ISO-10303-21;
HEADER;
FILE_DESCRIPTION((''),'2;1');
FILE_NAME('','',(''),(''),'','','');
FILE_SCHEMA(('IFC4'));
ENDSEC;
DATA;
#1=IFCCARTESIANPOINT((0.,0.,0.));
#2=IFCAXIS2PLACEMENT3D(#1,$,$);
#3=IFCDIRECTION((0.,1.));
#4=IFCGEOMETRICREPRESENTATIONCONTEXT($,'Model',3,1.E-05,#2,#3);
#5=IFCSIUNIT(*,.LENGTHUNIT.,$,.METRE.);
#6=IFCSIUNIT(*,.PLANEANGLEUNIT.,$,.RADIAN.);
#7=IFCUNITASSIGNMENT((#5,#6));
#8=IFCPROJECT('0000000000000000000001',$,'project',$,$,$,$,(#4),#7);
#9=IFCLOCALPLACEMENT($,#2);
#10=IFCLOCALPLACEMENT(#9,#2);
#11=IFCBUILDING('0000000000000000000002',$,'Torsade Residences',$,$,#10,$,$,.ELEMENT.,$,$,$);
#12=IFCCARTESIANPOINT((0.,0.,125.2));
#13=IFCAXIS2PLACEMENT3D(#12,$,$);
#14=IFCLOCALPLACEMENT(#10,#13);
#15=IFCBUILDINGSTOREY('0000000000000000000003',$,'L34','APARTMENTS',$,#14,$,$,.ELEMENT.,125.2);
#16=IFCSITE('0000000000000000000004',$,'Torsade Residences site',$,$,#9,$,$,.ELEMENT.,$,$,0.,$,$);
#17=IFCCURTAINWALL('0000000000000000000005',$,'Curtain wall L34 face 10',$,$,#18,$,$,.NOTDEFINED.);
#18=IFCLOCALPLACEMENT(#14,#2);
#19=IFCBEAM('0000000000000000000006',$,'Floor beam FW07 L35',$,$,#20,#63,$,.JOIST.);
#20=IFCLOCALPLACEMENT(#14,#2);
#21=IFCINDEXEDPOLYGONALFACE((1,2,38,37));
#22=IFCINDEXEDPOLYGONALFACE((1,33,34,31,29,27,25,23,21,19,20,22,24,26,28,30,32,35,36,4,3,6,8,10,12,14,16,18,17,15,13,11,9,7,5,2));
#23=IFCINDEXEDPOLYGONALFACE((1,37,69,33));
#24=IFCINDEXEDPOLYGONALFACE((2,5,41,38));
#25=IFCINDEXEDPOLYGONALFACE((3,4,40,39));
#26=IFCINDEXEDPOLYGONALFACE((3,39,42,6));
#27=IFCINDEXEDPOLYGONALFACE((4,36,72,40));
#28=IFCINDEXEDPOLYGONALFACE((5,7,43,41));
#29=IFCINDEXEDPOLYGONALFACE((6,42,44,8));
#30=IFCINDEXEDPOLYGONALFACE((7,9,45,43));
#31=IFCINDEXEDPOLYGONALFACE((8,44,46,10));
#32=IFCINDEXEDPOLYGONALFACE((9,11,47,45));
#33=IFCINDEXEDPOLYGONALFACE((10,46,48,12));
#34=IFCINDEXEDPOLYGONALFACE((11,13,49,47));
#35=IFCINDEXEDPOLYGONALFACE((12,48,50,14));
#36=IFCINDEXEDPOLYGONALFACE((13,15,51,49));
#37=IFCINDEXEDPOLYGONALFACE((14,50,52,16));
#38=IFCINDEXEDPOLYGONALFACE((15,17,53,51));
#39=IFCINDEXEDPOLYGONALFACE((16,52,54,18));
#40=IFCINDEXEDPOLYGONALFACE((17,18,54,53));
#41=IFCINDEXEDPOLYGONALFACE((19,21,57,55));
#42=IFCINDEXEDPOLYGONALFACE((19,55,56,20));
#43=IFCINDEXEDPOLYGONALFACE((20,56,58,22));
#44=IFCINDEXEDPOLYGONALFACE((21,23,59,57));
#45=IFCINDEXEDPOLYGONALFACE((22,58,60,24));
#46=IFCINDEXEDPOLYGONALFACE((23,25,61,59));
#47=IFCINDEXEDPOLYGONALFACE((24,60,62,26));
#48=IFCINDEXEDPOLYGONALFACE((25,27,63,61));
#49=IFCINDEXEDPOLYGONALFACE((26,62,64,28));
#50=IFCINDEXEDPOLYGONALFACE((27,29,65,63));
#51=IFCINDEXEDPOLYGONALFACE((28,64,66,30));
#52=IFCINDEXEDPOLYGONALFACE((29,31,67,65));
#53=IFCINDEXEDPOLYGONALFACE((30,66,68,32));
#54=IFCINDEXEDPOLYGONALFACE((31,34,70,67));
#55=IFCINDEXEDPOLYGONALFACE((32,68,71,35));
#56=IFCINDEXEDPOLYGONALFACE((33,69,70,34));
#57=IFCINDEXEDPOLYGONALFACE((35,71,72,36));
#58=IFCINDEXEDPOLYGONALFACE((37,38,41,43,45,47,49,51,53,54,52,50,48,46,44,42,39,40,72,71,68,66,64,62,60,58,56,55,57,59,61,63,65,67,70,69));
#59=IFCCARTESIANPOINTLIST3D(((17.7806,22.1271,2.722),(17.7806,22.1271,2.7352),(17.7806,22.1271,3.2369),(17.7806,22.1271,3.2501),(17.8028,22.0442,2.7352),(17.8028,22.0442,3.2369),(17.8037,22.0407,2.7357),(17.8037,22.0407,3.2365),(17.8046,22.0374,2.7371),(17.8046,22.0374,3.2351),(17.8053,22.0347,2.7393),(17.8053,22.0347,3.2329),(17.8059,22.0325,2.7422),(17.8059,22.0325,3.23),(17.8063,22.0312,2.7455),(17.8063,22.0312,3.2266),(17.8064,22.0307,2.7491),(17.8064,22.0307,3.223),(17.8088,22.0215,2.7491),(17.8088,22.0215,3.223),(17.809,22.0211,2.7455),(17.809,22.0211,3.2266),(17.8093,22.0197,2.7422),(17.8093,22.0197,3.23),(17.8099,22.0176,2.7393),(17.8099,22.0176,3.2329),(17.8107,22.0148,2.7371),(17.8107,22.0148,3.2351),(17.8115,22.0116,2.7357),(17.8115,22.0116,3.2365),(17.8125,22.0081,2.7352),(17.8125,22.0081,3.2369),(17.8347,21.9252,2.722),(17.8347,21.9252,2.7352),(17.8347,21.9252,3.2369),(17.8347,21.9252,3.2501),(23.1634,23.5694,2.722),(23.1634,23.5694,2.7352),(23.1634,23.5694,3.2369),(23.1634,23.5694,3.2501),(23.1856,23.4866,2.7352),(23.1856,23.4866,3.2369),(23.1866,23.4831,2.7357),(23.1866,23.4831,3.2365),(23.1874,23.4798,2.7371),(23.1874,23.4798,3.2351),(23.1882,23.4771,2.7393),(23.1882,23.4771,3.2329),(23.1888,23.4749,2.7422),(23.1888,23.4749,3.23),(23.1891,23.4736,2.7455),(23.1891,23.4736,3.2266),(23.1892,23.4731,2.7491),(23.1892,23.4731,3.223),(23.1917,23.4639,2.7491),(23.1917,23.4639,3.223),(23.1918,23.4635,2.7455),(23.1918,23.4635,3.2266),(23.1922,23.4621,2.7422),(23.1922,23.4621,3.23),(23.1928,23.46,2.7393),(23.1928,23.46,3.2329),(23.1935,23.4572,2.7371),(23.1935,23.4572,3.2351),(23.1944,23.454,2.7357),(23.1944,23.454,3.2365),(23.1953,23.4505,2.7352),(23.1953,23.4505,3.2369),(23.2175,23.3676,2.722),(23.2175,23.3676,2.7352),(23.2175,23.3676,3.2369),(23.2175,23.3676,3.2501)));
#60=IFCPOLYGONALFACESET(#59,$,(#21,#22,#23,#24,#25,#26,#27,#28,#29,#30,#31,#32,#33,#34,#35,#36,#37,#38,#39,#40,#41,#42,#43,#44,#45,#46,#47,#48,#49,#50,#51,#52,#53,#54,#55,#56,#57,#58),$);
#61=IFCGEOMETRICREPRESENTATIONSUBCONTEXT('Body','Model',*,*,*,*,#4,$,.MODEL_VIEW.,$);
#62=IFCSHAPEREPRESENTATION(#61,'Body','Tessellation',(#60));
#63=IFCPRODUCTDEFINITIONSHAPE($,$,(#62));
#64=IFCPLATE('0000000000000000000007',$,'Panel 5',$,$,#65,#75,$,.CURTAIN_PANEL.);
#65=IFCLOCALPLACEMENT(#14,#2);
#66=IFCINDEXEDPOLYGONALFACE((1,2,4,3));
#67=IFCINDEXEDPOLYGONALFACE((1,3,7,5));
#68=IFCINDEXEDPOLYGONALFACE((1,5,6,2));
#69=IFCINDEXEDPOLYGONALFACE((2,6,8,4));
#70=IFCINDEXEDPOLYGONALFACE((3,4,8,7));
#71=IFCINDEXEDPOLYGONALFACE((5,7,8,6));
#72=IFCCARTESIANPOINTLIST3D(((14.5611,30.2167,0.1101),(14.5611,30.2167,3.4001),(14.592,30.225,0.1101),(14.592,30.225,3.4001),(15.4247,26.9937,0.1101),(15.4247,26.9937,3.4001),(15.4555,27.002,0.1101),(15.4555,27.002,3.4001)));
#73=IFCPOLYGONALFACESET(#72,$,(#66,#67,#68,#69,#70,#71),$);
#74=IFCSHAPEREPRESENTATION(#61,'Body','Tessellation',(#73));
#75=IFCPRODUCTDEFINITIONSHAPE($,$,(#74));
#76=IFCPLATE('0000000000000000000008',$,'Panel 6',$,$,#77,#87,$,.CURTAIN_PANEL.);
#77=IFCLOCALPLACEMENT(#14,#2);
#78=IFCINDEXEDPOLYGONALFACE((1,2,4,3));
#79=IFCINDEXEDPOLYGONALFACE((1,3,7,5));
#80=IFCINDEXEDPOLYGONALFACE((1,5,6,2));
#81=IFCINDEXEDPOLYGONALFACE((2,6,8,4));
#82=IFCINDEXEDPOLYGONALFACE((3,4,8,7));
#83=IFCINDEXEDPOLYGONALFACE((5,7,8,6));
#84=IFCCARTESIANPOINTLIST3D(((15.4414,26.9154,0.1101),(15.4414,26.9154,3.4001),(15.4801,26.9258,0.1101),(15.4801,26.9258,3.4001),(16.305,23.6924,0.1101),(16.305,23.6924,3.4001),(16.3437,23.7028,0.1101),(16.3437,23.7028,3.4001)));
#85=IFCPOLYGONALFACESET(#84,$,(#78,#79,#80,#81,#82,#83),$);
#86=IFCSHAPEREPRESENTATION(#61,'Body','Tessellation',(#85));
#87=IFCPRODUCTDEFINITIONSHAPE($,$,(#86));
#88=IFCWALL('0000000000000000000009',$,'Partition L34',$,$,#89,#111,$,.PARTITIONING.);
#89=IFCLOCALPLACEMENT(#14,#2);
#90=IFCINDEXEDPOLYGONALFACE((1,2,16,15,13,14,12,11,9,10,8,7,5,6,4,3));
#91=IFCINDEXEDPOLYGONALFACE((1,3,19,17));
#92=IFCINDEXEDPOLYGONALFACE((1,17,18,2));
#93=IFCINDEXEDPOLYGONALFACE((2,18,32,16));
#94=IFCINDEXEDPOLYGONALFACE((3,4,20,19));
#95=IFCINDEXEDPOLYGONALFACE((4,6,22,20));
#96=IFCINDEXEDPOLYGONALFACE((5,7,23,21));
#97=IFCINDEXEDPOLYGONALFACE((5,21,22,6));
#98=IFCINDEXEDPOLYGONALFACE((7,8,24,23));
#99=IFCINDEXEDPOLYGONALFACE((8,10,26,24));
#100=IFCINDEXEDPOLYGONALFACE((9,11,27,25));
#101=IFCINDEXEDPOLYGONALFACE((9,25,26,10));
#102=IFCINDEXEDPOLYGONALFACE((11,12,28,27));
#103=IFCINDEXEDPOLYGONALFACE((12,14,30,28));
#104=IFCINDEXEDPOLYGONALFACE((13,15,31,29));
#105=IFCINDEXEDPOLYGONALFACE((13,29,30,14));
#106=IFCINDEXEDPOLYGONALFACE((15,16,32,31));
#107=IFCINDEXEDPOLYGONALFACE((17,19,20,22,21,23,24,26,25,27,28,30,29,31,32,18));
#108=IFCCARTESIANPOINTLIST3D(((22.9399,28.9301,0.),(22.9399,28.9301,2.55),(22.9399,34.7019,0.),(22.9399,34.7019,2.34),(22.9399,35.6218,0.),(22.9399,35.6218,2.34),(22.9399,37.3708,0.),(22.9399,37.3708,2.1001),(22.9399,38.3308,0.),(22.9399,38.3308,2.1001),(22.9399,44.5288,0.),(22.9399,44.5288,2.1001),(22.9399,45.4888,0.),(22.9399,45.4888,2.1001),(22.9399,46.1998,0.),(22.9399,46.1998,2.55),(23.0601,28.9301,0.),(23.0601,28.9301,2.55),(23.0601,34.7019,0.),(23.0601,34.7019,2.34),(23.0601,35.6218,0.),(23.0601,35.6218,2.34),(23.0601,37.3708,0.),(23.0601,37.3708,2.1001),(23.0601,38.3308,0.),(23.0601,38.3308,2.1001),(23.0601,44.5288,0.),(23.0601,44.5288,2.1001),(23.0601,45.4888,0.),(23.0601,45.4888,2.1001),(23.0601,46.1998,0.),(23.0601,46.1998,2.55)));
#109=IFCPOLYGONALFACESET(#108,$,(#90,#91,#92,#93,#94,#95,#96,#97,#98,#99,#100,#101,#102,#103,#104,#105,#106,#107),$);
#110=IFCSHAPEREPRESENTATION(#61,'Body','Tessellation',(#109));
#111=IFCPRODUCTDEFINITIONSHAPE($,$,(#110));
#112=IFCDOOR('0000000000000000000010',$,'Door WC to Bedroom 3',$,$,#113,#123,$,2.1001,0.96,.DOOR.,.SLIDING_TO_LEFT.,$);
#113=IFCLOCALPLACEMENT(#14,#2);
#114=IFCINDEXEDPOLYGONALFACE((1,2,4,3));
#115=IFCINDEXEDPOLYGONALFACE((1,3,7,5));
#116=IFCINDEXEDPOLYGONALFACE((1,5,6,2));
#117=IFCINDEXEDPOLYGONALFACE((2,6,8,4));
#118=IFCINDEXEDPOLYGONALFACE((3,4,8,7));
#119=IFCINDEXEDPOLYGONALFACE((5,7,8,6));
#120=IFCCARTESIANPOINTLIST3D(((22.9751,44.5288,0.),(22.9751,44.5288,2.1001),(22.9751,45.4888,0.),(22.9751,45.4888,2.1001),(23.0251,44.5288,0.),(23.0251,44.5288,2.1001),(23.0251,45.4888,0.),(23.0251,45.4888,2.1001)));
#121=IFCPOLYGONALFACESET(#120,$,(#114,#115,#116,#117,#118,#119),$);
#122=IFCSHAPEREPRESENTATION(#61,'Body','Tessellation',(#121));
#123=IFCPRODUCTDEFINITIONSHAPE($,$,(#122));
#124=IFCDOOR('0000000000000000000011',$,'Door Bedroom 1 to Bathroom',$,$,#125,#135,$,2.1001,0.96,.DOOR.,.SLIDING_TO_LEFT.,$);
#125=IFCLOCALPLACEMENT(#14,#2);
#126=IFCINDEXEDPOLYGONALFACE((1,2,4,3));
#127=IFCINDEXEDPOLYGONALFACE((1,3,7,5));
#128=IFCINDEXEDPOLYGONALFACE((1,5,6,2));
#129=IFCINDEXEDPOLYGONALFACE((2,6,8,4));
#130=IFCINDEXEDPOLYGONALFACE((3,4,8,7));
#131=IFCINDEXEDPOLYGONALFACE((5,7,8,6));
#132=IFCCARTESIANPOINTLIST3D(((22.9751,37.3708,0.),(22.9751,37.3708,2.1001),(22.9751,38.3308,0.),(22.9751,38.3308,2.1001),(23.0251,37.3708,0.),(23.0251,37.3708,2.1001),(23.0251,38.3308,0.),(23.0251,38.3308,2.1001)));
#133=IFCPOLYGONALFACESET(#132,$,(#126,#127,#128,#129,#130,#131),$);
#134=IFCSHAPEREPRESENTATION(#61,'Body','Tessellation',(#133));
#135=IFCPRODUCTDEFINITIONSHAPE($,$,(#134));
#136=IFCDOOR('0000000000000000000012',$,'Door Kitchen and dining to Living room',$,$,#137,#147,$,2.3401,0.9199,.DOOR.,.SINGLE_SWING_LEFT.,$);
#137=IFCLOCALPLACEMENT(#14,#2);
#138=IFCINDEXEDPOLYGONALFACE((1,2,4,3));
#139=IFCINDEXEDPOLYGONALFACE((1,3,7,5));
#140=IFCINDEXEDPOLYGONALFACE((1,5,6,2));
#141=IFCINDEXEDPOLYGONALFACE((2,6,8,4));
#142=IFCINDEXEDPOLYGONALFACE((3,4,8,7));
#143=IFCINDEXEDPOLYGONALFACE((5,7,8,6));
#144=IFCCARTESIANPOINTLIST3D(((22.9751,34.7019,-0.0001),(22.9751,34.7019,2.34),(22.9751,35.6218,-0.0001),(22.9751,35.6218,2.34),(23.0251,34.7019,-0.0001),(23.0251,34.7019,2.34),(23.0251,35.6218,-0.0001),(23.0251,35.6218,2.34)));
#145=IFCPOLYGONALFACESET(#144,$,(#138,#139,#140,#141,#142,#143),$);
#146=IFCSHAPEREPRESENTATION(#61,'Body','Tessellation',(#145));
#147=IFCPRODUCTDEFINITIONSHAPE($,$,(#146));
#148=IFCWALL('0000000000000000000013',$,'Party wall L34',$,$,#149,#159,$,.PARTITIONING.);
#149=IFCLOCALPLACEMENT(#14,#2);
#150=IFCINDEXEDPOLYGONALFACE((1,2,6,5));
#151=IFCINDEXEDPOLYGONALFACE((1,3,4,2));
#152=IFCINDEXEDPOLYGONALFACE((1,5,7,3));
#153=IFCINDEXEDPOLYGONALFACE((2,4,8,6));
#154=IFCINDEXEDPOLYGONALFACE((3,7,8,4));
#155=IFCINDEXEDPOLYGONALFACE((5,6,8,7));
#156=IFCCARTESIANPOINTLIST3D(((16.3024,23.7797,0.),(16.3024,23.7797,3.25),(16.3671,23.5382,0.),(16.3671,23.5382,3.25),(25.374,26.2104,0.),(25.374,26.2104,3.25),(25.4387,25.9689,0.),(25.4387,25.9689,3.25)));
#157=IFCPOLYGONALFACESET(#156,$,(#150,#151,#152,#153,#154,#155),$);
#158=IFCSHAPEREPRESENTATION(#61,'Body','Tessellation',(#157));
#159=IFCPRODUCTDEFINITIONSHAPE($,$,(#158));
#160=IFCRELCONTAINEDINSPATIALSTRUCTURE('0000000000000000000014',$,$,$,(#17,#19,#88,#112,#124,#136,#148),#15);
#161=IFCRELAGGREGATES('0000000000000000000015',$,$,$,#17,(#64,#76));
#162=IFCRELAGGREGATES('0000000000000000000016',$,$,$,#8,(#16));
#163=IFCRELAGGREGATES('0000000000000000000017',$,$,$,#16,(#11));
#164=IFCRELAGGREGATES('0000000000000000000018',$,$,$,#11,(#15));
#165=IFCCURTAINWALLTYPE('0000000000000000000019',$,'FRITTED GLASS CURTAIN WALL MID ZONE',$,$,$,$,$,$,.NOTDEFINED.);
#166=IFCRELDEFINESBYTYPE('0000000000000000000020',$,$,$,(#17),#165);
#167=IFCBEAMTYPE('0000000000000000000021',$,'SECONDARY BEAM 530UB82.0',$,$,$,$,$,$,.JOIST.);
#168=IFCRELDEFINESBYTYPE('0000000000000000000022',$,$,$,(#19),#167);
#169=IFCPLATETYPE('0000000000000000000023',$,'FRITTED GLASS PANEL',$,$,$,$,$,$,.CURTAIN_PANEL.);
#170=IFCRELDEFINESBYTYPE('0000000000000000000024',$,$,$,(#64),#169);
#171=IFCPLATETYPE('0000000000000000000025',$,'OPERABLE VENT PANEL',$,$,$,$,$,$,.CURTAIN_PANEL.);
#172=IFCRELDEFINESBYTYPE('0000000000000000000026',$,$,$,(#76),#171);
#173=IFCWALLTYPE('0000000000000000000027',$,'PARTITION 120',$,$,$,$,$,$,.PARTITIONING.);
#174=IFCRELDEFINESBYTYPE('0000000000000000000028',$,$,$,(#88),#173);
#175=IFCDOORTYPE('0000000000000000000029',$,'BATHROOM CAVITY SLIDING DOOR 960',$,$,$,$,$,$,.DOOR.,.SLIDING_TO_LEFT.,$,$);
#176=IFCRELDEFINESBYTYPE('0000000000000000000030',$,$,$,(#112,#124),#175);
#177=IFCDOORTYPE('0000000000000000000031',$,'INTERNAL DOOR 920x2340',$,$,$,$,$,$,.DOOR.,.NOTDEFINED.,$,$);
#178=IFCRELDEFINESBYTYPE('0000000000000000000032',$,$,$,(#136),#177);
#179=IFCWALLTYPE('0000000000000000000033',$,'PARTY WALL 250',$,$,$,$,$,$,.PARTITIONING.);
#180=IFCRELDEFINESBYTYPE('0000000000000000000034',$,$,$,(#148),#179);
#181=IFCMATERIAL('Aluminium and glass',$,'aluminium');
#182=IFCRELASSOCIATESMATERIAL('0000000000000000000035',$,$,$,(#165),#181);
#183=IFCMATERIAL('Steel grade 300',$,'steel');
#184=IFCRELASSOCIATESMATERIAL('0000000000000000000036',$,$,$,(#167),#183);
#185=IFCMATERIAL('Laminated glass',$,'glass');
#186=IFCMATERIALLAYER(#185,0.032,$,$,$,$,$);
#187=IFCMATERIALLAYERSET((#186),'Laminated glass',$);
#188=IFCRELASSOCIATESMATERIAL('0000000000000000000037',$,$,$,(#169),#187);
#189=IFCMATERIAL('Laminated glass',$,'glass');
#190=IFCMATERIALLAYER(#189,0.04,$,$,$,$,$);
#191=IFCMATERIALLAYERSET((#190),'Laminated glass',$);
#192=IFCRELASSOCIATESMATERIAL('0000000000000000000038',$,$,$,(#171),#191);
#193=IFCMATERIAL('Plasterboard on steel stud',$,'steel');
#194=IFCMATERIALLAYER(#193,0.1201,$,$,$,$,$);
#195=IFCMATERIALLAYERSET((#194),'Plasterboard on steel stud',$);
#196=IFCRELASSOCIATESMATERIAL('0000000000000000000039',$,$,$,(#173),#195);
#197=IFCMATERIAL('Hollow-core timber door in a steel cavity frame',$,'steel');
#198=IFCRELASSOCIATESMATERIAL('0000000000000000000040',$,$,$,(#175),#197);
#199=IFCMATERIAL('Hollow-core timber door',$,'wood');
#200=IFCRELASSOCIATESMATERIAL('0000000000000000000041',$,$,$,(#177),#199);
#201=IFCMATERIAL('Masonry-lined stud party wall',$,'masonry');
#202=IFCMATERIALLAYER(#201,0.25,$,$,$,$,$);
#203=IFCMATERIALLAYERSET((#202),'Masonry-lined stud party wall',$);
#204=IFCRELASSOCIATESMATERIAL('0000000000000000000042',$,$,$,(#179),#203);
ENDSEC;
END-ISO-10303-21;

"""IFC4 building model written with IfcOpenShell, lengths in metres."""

from ifc_helpers import new_model, si_unit, direction, frame, frame_2d, origin, origin_2d, place, context, subcontext, project, spatial, rectangle, i_section, extrude, material, layer, layer_set, material_profile, profile_set, type_object, element, fill, aggregate, save


model = new_model("IFC4")

# Units and contexts
model_context = context("Model", 3, precision=1e-05, world=origin(), true_north=direction((0.0, 1.0)))
body_context = subcontext(model_context, "Body", "Model", "MODEL_VIEW")
ifc_project = project(units=[si_unit("LENGTHUNIT", "METRE"), si_unit("PLANEANGLEUNIT", "RADIAN")], contexts=[model_context])

# Site, building, storey
site_placement = place(None, origin())
site = spatial("IfcSite", under=ifc_project, at=site_placement, Name="Torsade Residences site", CompositionType="ELEMENT", RefElevation=0.0)
building_placement = place(site_placement, origin())
building = spatial("IfcBuilding", under=site, at=building_placement, Name="Torsade Residences", CompositionType="ELEMENT")
storey_placement = place(building_placement, frame((0.0, 0.0, 125.2)))
storey = spatial("IfcBuildingStorey", under=building, at=storey_placement, Name="L34", Description="APARTMENTS", CompositionType="ELEMENT", Elevation=125.2)

# Curtain wall
ifc_material_1 = material(Name="Aluminium and glass", Category="aluminium")
curtain_wall_type = type_object("IfcCurtainWallType", Name="FRITTED GLASS CURTAIN WALL MID ZONE", PredefinedType="NOTDEFINED", material=ifc_material_1)
curtain_wall_placement = place(storey_placement, origin())
curtain_wall = element("IfcCurtainWall", 1, at=curtain_wall_placement, inside=storey, type_object=curtain_wall_type, Name="Curtain wall L34 face 10", PredefinedType="NOTDEFINED")

# Beam
ifc_material_2 = material(Name="Steel grade 300", Category="steel")
ifc_material_profile_1 = material_profile(ifc_material_2, i_section(OverallWidth=0.209, OverallDepth=0.5281, WebThickness=0.0095, FlangeThickness=0.0132, FilletRadius=0.0139, at=origin_2d()), Name="530UB82.0")
ifc_profile_set_1 = profile_set([ifc_material_profile_1], Name="Steel grade 300")
beam_type_1 = type_object("IfcBeamType", Name="SECONDARY BEAM 530UB82.0", PredefinedType="JOIST", material=ifc_profile_set_1)
beam_1_placement = place(storey_placement, frame((17.8076, 22.0261, 2.9861), z_axis=(0.965923, 0.25883, 0.0), x_axis=(-0.25883, 0.965923, 0.0)))
element("IfcBeam", 2, at=beam_1_placement, inside=storey, type_object=beam_type_1, Name="Floor beam FW07 L35", PredefinedType="JOIST", context=body_context, shape_type="SweptSolid", body=[
    extrude(i_section(OverallWidth=0.209, OverallDepth=0.5281, WebThickness=0.0095, FlangeThickness=0.0132, FilletRadius=0.0139, at=origin_2d()), origin(), (0.0, 0.0, 1.0), 5.5728),
])

# Plates
ifc_material_3 = material(Name="Laminated glass", Category="glass")
ifc_layer_1 = layer(ifc_material_3, 0.032)
ifc_layer_set_1 = layer_set([ifc_layer_1], Name="Laminated glass")
plate_type_1 = type_object("IfcPlateType", Name="FRITTED GLASS PANEL", PredefinedType="CURTAIN_PANEL", material=ifc_layer_set_1)
plate_1_placement = place(storey_placement, frame((15.0083, 28.6094, 0.1101), z_axis=(0.0, 0.0, 1.0), x_axis=(0.258819, -0.965926, 0.0)))
plate_1 = element("IfcPlate", 3, at=plate_1_placement, type_object=plate_type_1, Name="Panel 5", PredefinedType="CURTAIN_PANEL", context=body_context, shape_type="SweptSolid", body=[
    extrude(rectangle(XDim=3.3367, YDim=0.032, at=origin_2d()), origin(), (0.0, 0.0, 1.0), 3.29),
])
ifc_material_4 = material(Name="Laminated glass", Category="glass")
ifc_layer_2 = layer(ifc_material_4, 0.04)
ifc_layer_set_2 = layer_set([ifc_layer_2], Name="Laminated glass")
plate_type_2 = type_object("IfcPlateType", Name="OPERABLE VENT PANEL", PredefinedType="CURTAIN_PANEL", material=ifc_layer_set_2)
plate_2_placement = place(storey_placement, frame((15.8926, 25.3091, 0.1101), z_axis=(0.0, 0.0, 1.0), x_axis=(0.258819, -0.965926, 0.0)))
plate_2 = element("IfcPlate", 4, at=plate_2_placement, type_object=plate_type_2, Name="Panel 6", PredefinedType="CURTAIN_PANEL", context=body_context, shape_type="SweptSolid", body=[
    extrude(rectangle(XDim=3.3367, YDim=0.04, at=origin_2d()), origin(), (0.0, 0.0, 1.0), 3.29),
])
aggregate(curtain_wall, [plate_1, plate_2])

# Wall, openings, doors
ifc_material_5 = material(Name="Plasterboard on steel stud", Category="steel")
ifc_layer_3 = layer(ifc_material_5, 0.1201)
ifc_layer_set_3 = layer_set([ifc_layer_3], Name="Plasterboard on steel stud")
wall_type_1 = type_object("IfcWallType", Name="PARTITION 120", PredefinedType="PARTITIONING", material=ifc_layer_set_3)
wall_1_placement = place(storey_placement, frame((23.0, 28.9302, 0.0), z_axis=(0.0, 0.0, 1.0), x_axis=(0.0, 1.0, 0.0)))
wall_1 = element("IfcWall", 5, at=wall_1_placement, inside=storey, type_object=wall_type_1, Name="Partition L34", PredefinedType="PARTITIONING", context=body_context, shape_type="SweptSolid", body=[
    extrude(rectangle(XDim=17.2698, YDim=0.1201, at=frame_2d((8.6348, 0.0))), origin(), (0.0, 0.0, 1.0), 2.55),
])
opening_1_placement = place(wall_1_placement, frame((5.7717, 0.0, 0.0)))
opening_1 = element("IfcOpeningElement", 6, at=opening_1_placement, cuts=wall_1, PredefinedType="OPENING", context=body_context, shape_type="SweptSolid", body=[
    extrude(rectangle(XDim=0.9199, YDim=2.3401, at=frame_2d((0.46, 1.1699))), frame((0.0, 0.0701, 0.0), z_axis=(0.0, -1.0, 0.0), x_axis=(1.0, 0.0, 0.0)), (0.0, 0.0, 1.0), 0.1401),
])
opening_2_placement = place(wall_1_placement, frame((15.5986, 0.0, 0.0)))
opening_2 = element("IfcOpeningElement", 7, at=opening_2_placement, cuts=wall_1, PredefinedType="OPENING", context=body_context, shape_type="SweptSolid", body=[
    extrude(rectangle(XDim=0.96, YDim=2.1001, at=frame_2d((0.48, 1.05))), frame((0.0, 0.0701, 0.0), z_axis=(0.0, -1.0, 0.0), x_axis=(1.0, 0.0, 0.0)), (0.0, 0.0, 1.0), 0.1401),
])
opening_3_placement = place(wall_1_placement, frame((8.4407, 0.0, 0.0)))
opening_3 = element("IfcOpeningElement", 8, at=opening_3_placement, cuts=wall_1, PredefinedType="OPENING", context=body_context, shape_type="SweptSolid", body=[
    extrude(rectangle(XDim=0.96, YDim=2.1001, at=frame_2d((0.48, 1.05))), frame((0.0, 0.0701, 0.0), z_axis=(0.0, -1.0, 0.0), x_axis=(1.0, 0.0, 0.0)), (0.0, 0.0, 1.0), 0.1401),
])
ifc_material_6 = material(Name="Hollow-core timber door in a steel cavity frame", Category="steel")
door_type_1 = type_object("IfcDoorType", Name="BATHROOM CAVITY SLIDING DOOR 960", OperationType="SLIDING_TO_LEFT", PredefinedType="DOOR", material=ifc_material_6)
door_1_placement = place(opening_2_placement, origin())
door_1 = element("IfcDoor", 9, at=door_1_placement, inside=storey, type_object=door_type_1, Name="Door WC to Bedroom 3", OperationType="SLIDING_TO_LEFT", OverallHeight=2.1001, OverallWidth=0.96, PredefinedType="DOOR", context=body_context, shape_type="SweptSolid", body=[
    extrude(rectangle(XDim=0.96, YDim=2.1001, at=frame_2d((0.48, 1.05))), frame((0.0, 0.0249, 0.0), z_axis=(0.0, -1.0, 0.0), x_axis=(1.0, 0.0, 0.0)), (0.0, 0.0, 1.0), 0.05),
])
fill(opening_2, door_1)
door_2_placement = place(opening_3_placement, origin())
door_2 = element("IfcDoor", 10, at=door_2_placement, inside=storey, type_object=door_type_1, Name="Door Bedroom 1 to Bathroom", OperationType="SLIDING_TO_LEFT", OverallHeight=2.1001, OverallWidth=0.96, PredefinedType="DOOR", context=body_context, shape_type="SweptSolid", body=[
    extrude(rectangle(XDim=0.96, YDim=2.1001, at=frame_2d((0.48, 1.05))), frame((0.0, 0.0249, 0.0), z_axis=(0.0, -1.0, 0.0), x_axis=(1.0, 0.0, 0.0)), (0.0, 0.0, 1.0), 0.05),
])
fill(opening_3, door_2)
ifc_material_7 = material(Name="Hollow-core timber door", Category="wood")
door_type_2 = type_object("IfcDoorType", Name="INTERNAL DOOR 920x2340", OperationType="NOTDEFINED", PredefinedType="DOOR", material=ifc_material_7)
door_3_placement = place(opening_1_placement, origin())
door_3 = element("IfcDoor", 11, at=door_3_placement, inside=storey, type_object=door_type_2, Name="Door Kitchen and dining to Living room", OperationType="SINGLE_SWING_LEFT", OverallHeight=2.3401, OverallWidth=0.9199, PredefinedType="DOOR", context=body_context, shape_type="SweptSolid", body=[
    extrude(rectangle(XDim=0.9199, YDim=2.3401, at=frame_2d((0.46, 1.1699))), frame((0.0, 0.0249, 0.0), z_axis=(0.0, -1.0, 0.0), x_axis=(1.0, 0.0, 0.0)), (0.0, 0.0, 1.0), 0.05),
])
fill(opening_1, door_3)

# Wall
ifc_material_8 = material(Name="Masonry-lined stud party wall", Category="masonry")
ifc_layer_4 = layer(ifc_material_8, 0.25)
ifc_layer_set_4 = layer_set([ifc_layer_4], Name="Masonry-lined stud party wall")
wall_type_2 = type_object("IfcWallType", Name="PARTY WALL 250", PredefinedType="PARTITIONING", material=ifc_layer_set_4)
wall_2_placement = place(storey_placement, frame((16.3347, 23.6589, 0.0), z_axis=(0.0, 0.0, 1.0), x_axis=(0.965927, 0.258814, 0.0)))
element("IfcWall", 12, at=wall_2_placement, inside=storey, type_object=wall_type_2, Name="Party wall L34", PredefinedType="PARTITIONING", context=body_context, shape_type="SweptSolid", body=[
    extrude(rectangle(XDim=9.3916, YDim=0.25, at=frame_2d((4.6958, 0.0))), origin(), (0.0, 0.0, 1.0), 3.25),
])

save(model, "model.ifc")
